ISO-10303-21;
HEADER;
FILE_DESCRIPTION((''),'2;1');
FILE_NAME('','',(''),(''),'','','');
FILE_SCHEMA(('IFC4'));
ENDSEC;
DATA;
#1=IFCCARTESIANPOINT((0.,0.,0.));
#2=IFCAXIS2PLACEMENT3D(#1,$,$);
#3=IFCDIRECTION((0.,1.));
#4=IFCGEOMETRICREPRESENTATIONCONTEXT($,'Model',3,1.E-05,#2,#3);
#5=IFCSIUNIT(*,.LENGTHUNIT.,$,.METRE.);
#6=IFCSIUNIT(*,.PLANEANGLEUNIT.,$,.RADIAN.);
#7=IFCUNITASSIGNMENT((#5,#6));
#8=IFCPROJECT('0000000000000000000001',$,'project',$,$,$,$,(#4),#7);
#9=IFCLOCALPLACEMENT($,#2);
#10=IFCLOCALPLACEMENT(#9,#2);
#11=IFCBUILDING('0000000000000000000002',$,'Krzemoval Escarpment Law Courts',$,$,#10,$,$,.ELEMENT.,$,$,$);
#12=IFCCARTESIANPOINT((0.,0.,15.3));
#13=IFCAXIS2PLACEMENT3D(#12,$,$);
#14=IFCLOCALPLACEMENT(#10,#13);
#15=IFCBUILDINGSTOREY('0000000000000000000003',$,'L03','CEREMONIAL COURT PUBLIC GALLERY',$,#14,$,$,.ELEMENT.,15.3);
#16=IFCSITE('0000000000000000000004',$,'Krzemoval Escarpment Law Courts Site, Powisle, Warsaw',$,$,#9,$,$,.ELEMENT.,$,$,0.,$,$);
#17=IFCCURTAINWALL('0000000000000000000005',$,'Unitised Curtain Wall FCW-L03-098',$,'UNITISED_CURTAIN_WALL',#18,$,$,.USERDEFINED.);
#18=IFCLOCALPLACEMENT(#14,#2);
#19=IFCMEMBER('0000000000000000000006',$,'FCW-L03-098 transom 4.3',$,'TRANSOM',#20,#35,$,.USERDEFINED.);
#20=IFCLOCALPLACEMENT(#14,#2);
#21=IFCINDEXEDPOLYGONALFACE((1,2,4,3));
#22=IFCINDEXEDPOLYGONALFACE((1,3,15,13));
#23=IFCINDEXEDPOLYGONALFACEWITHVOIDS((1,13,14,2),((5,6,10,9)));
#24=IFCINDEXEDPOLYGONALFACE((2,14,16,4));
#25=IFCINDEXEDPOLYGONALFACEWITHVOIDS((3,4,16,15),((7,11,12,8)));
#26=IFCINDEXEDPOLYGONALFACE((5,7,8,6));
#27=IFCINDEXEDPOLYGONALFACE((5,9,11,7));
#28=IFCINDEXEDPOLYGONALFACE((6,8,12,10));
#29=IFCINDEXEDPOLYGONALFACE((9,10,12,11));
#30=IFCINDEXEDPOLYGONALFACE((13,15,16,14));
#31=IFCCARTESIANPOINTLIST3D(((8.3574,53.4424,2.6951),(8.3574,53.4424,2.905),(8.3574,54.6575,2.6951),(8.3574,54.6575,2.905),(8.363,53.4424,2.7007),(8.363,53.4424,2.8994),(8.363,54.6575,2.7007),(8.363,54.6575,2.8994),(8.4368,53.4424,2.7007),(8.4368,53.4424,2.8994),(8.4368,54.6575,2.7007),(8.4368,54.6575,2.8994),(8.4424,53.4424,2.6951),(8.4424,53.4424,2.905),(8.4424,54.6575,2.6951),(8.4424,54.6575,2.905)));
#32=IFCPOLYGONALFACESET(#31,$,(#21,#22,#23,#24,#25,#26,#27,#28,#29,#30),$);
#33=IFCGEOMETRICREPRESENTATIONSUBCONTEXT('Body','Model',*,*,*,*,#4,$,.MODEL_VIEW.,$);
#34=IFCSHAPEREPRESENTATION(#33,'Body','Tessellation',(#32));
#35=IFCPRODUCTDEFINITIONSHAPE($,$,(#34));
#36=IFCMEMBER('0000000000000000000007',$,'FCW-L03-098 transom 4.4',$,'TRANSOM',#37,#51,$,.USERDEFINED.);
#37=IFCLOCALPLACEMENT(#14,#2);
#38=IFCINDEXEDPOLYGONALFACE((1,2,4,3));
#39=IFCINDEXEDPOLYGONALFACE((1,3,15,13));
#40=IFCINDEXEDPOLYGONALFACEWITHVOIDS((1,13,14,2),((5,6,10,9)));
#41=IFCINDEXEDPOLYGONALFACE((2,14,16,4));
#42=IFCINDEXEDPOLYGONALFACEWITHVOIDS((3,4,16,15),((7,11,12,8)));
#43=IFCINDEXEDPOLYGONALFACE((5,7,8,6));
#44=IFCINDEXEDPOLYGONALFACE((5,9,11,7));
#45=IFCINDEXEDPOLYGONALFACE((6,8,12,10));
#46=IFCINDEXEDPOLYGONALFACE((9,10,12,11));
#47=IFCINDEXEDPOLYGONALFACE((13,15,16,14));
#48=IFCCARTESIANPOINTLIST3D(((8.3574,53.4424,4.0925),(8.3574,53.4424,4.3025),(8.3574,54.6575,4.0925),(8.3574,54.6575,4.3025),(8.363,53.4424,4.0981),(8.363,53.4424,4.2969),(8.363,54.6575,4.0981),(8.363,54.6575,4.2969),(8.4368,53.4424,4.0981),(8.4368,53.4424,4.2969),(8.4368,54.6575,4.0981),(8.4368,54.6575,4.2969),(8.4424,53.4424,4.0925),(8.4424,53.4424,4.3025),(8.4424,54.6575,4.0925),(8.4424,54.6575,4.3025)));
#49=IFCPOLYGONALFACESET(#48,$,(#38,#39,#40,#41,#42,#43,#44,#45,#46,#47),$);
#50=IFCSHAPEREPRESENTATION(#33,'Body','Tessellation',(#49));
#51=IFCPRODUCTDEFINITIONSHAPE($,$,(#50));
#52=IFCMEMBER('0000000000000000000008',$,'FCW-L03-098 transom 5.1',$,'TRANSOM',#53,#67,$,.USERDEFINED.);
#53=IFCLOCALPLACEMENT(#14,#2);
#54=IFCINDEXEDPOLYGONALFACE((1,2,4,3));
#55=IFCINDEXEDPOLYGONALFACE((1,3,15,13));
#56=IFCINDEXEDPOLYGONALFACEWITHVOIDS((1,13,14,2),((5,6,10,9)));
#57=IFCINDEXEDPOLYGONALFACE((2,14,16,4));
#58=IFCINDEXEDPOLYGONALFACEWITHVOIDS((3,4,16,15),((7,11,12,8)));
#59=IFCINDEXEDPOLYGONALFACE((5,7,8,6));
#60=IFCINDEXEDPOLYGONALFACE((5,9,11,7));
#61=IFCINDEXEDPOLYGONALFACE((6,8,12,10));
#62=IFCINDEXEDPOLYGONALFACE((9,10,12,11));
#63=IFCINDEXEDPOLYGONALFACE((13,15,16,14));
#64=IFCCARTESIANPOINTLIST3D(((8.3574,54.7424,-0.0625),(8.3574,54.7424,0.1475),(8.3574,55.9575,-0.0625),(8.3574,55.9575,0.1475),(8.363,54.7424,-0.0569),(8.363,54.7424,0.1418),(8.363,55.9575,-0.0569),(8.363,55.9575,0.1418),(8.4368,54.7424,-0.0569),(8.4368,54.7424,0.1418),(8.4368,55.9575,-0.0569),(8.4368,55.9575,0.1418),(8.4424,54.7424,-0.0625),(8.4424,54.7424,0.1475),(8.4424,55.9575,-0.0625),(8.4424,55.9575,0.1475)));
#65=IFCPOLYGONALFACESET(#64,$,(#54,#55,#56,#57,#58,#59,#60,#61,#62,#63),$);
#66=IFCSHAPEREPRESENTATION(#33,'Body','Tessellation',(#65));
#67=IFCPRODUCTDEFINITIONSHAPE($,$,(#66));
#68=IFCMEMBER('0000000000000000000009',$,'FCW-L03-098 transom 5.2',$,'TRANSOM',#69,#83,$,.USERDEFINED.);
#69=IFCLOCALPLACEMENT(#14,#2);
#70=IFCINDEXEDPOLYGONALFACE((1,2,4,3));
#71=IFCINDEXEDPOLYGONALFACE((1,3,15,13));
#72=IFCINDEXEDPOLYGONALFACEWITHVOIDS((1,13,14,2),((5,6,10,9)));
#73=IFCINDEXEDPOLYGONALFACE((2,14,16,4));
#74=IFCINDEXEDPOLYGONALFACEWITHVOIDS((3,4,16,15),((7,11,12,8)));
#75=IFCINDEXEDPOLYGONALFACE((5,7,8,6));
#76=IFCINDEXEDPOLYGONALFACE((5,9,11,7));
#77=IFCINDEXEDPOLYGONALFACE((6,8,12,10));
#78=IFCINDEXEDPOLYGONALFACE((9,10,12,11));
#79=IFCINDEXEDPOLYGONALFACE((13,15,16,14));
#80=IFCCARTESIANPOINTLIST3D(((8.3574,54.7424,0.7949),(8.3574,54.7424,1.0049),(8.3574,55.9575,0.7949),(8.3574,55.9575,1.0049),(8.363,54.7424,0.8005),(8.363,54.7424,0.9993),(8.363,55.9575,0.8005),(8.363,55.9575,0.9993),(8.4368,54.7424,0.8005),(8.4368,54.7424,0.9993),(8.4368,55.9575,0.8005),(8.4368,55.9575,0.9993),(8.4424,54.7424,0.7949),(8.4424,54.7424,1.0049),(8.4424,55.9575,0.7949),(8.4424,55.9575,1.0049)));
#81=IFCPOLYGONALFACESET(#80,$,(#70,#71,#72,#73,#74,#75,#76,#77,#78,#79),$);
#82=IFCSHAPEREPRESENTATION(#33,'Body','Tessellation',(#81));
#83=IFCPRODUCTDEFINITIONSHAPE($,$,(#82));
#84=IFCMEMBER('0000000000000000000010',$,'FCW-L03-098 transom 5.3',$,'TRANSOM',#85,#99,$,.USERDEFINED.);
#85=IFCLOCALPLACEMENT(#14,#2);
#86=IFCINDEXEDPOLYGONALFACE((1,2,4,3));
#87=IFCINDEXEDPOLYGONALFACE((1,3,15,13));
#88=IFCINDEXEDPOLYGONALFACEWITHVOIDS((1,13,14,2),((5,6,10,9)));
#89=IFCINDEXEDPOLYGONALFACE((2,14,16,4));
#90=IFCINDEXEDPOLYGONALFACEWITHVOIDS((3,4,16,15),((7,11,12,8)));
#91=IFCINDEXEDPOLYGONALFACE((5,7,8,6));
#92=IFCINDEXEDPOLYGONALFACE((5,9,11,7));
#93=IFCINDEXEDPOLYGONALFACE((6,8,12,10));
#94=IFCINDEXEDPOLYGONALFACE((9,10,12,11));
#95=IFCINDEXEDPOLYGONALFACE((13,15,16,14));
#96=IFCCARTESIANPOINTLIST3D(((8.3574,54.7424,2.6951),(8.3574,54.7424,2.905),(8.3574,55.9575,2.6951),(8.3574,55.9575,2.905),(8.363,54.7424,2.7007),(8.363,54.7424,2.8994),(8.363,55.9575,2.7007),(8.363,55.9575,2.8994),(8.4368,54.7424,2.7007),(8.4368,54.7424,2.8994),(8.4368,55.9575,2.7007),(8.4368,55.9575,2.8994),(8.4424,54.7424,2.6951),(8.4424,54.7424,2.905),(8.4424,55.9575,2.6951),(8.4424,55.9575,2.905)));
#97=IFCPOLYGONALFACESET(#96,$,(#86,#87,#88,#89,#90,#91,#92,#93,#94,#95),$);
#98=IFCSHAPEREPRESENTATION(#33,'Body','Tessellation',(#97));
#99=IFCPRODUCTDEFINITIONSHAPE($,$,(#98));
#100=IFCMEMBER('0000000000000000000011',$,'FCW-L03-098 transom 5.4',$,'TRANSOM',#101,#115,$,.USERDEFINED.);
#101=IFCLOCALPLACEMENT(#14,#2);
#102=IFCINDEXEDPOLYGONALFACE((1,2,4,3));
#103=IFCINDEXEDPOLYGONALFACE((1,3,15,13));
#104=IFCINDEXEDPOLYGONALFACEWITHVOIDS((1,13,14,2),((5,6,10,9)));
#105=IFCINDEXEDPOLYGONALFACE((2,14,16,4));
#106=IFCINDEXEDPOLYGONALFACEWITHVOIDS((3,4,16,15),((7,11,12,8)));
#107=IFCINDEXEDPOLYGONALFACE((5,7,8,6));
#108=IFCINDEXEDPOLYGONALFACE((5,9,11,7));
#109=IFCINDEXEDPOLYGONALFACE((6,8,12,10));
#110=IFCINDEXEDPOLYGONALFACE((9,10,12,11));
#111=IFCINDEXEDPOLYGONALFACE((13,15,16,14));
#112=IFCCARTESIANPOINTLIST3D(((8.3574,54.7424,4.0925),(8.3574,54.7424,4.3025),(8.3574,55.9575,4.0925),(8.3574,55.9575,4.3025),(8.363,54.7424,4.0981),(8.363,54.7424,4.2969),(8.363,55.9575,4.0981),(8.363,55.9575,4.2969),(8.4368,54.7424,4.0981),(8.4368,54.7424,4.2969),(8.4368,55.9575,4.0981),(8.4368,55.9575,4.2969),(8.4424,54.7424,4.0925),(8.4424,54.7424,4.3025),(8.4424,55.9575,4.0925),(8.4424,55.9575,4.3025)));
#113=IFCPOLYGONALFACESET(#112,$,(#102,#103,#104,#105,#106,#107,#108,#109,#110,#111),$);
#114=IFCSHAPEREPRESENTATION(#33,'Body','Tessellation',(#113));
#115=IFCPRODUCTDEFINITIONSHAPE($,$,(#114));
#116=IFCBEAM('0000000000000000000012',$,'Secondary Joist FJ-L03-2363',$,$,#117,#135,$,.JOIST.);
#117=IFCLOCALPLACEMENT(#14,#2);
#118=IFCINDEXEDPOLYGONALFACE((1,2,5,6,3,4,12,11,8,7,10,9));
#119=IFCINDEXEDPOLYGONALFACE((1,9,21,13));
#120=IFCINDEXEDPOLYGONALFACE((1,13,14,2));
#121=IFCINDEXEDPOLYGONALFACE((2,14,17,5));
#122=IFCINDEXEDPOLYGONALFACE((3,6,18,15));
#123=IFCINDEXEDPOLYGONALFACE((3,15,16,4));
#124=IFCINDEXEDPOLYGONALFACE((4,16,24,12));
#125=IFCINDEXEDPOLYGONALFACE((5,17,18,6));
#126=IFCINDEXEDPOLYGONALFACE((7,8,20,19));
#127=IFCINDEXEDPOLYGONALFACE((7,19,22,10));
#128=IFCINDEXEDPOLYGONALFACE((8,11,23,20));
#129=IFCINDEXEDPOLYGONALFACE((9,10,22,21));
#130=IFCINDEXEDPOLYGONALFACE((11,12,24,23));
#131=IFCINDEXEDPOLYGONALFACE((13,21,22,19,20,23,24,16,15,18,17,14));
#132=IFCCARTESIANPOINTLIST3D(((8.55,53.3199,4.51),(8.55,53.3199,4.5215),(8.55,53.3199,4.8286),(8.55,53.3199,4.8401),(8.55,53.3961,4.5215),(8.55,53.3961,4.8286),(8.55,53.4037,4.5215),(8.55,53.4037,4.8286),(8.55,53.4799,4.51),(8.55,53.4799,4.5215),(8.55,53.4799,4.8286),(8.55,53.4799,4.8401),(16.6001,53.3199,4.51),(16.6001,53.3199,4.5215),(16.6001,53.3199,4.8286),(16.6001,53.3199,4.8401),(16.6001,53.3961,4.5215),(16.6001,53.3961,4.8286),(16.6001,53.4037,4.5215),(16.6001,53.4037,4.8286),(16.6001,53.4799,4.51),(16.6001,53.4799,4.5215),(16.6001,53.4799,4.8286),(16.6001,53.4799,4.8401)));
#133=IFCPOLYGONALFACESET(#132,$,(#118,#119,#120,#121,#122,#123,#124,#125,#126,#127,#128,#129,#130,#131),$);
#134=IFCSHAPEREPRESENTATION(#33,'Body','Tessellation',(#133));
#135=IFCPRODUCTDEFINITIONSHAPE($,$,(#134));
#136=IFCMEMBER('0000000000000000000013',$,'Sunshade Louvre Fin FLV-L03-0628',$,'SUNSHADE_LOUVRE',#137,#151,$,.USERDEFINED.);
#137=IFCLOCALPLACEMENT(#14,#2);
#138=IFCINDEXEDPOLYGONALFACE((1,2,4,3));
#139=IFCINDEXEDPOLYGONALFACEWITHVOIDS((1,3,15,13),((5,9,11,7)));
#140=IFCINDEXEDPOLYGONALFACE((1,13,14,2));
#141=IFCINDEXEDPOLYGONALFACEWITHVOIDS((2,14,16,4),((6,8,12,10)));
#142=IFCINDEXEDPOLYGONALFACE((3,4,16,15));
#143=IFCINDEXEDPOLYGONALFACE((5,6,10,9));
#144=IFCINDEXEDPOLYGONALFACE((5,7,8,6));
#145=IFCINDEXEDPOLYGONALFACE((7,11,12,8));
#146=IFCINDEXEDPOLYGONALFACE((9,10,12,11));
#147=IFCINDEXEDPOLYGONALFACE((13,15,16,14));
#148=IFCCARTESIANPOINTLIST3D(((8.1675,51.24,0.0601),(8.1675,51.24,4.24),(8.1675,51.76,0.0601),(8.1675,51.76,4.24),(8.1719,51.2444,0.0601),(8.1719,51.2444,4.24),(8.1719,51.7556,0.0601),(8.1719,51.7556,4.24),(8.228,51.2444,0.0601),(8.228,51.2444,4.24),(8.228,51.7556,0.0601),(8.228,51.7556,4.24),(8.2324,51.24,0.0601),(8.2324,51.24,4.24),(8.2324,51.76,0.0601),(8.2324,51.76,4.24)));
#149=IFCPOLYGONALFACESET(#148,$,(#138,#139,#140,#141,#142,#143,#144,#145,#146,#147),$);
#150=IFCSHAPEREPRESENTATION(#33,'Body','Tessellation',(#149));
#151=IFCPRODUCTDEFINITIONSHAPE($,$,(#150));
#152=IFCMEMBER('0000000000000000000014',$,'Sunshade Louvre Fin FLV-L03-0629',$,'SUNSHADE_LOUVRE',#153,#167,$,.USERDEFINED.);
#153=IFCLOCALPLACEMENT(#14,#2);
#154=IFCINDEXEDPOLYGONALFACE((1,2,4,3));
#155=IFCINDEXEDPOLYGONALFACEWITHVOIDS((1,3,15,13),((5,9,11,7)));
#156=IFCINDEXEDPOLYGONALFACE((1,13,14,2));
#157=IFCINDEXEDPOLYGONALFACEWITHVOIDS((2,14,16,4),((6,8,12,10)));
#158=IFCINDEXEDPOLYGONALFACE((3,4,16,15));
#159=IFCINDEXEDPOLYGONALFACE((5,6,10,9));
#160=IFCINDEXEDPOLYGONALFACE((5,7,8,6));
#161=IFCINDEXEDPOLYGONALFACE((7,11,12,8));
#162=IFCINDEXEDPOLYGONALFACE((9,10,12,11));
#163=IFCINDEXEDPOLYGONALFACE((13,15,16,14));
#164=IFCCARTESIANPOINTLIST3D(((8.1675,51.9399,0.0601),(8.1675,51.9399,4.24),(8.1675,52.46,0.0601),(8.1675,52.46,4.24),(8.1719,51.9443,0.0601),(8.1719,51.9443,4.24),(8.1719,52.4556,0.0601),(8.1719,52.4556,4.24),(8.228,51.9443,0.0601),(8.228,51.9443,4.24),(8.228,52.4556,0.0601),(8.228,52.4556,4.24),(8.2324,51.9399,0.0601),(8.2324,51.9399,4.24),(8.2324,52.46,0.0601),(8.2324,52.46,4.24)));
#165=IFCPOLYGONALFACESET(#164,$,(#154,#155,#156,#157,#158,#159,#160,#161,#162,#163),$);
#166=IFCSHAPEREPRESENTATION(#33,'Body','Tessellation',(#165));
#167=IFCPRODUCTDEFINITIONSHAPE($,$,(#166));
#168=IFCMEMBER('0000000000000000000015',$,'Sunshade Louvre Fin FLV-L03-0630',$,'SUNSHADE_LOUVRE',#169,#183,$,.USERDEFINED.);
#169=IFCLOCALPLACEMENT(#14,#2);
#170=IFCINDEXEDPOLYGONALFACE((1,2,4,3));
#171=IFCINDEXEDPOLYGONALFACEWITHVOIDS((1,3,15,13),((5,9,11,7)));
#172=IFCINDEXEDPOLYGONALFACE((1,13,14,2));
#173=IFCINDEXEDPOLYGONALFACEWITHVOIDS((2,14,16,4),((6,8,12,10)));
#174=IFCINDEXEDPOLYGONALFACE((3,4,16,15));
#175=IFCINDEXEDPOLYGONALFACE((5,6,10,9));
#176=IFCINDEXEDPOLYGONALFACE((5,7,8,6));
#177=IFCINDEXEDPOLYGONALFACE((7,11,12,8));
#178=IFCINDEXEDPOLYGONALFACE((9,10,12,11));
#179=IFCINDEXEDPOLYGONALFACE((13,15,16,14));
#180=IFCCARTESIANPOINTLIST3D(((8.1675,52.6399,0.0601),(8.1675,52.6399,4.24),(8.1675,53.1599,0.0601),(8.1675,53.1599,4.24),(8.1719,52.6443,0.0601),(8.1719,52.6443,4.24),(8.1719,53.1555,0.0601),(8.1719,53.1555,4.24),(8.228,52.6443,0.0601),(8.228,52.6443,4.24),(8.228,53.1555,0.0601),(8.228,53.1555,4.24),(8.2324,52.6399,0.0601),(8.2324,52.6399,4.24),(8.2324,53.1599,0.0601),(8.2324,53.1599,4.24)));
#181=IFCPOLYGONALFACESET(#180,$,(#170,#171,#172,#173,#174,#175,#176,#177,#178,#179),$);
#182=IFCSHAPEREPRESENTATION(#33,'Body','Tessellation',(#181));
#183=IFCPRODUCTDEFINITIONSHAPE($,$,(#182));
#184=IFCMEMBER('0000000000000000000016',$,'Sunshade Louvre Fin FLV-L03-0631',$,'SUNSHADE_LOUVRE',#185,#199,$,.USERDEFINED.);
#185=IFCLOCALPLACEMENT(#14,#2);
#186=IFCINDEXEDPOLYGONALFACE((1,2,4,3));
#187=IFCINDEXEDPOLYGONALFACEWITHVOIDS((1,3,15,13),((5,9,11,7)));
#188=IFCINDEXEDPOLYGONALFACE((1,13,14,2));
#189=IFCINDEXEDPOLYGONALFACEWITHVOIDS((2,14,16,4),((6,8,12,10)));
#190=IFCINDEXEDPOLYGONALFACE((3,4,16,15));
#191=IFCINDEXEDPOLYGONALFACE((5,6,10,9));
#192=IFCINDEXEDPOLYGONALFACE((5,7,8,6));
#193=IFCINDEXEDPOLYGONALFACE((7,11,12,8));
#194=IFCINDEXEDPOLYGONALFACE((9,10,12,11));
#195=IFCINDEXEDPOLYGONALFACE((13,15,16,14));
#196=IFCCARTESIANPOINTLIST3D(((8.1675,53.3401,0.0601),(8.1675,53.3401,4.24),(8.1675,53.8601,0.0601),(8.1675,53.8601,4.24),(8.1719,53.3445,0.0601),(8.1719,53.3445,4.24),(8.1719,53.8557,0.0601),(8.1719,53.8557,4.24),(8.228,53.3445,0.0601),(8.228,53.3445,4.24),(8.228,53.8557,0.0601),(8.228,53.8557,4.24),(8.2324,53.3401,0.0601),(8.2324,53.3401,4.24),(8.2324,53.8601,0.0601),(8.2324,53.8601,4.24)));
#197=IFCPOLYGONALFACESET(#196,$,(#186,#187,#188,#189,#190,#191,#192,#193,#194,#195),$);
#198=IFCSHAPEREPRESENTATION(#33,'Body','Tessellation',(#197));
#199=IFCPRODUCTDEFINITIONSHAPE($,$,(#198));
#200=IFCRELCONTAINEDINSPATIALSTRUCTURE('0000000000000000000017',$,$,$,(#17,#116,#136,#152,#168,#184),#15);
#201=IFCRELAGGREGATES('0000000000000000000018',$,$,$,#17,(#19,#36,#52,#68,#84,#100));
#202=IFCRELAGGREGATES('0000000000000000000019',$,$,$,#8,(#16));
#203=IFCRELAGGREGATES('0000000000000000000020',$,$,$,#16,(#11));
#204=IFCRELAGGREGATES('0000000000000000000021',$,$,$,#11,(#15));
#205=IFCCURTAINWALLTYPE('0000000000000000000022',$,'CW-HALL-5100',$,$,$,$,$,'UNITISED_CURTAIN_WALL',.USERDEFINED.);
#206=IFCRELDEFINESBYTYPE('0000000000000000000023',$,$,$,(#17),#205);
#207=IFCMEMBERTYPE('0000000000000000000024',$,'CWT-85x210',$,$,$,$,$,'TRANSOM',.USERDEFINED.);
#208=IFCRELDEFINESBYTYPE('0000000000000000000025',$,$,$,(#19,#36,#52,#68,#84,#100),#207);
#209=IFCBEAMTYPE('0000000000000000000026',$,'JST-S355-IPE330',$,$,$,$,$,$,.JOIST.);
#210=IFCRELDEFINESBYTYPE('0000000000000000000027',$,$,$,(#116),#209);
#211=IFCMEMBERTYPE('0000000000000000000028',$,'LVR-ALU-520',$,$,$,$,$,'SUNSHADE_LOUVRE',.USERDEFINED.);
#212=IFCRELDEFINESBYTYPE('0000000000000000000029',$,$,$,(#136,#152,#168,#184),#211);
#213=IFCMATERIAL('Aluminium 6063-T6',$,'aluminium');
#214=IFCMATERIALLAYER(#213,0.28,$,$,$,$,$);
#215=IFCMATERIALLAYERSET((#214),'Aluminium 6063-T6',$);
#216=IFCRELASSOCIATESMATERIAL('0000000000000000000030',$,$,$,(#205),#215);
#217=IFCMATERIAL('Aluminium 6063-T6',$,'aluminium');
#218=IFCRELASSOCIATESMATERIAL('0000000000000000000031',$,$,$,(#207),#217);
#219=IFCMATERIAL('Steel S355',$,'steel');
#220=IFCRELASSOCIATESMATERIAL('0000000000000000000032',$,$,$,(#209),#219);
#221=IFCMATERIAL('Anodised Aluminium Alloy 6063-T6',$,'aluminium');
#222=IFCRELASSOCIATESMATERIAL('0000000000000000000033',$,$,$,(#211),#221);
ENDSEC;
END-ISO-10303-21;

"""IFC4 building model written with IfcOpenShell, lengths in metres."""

from ifc_helpers import new_model, si_unit, direction, frame, origin, origin_2d, place, context, subcontext, project, spatial, hollow_rectangle, i_section, extrude, material, layer, layer_set, material_profile, profile_set, type_object, element, aggregate, save


model = new_model("IFC4")

# Units and contexts
model_context = context("Model", 3, precision=1e-05, world=origin(), true_north=direction((0.0, 1.0)))
body_context = subcontext(model_context, "Body", "Model", "MODEL_VIEW")
ifc_project = project(units=[si_unit("LENGTHUNIT", "METRE"), si_unit("PLANEANGLEUNIT", "RADIAN")], contexts=[model_context])

# Site, building, storey
site_placement = place(None, origin())
site = spatial("IfcSite", under=ifc_project, at=site_placement, Name="Krzemoval Escarpment Law Courts Site, Powisle, Warsaw", CompositionType="ELEMENT", RefElevation=0.0)
building_placement = place(site_placement, origin())
building = spatial("IfcBuilding", under=site, at=building_placement, Name="Krzemoval Escarpment Law Courts", CompositionType="ELEMENT")
storey_placement = place(building_placement, frame((0.0, 0.0, 15.3)))
storey = spatial("IfcBuildingStorey", under=building, at=storey_placement, Name="L03", Description="CEREMONIAL COURT PUBLIC GALLERY", CompositionType="ELEMENT", Elevation=15.3)

# Curtain wall, members
ifc_material_1 = material(Name="Aluminium 6063-T6", Category="aluminium")
ifc_layer_1 = layer(ifc_material_1, 0.28)
ifc_layer_set_1 = layer_set([ifc_layer_1], Name="Aluminium 6063-T6")
curtain_wall_type = type_object("IfcCurtainWallType", Name="CW-HALL-5100", ElementType="UNITISED_CURTAIN_WALL", PredefinedType="USERDEFINED", material=ifc_layer_set_1)
curtain_wall_placement = place(storey_placement, origin())
curtain_wall = element("IfcCurtainWall", 1, at=curtain_wall_placement, inside=storey, type_object=curtain_wall_type, Name="Unitised Curtain Wall FCW-L03-098", ObjectType="UNITISED_CURTAIN_WALL", PredefinedType="USERDEFINED")
ifc_material_2 = material(Name="Aluminium 6063-T6", Category="aluminium")
ifc_material_profile_1 = material_profile(ifc_material_2, hollow_rectangle(XDim=0.085, YDim=0.21, WallThickness=0.0056, at=origin_2d()), Name="ALU T85x210")
ifc_profile_set_1 = profile_set([ifc_material_profile_1], Name="Aluminium 6063-T6")
member_type_1 = type_object("IfcMemberType", Name="CWT-85x210", ElementType="TRANSOM", PredefinedType="USERDEFINED", material=ifc_profile_set_1)
member_1_placement = place(storey_placement, frame((8.3999, 53.4424, 2.8), z_axis=(0.0, 1.0, 0.0), x_axis=(-1.0, 0.0, 0.0)))
member_1 = element("IfcMember", 2, at=member_1_placement, type_object=member_type_1, Name="FCW-L03-098 transom 4.3", ObjectType="TRANSOM", PredefinedType="USERDEFINED", context=body_context, shape_type="SweptSolid", body=[
    extrude(hollow_rectangle(XDim=0.085, YDim=0.21, WallThickness=0.0056, at=origin_2d()), origin(), (0.0, 0.0, 1.0), 1.2151),
])
member_2_placement = place(storey_placement, frame((8.3999, 53.4424, 4.1975), z_axis=(0.0, 1.0, 0.0), x_axis=(-1.0, 0.0, 0.0)))
member_2 = element("IfcMember", 3, at=member_2_placement, type_object=member_type_1, Name="FCW-L03-098 transom 4.4", ObjectType="TRANSOM", PredefinedType="USERDEFINED", context=body_context, shape_type="SweptSolid", body=[
    extrude(hollow_rectangle(XDim=0.085, YDim=0.21, WallThickness=0.0056, at=origin_2d()), origin(), (0.0, 0.0, 1.0), 1.2151),
])
member_3_placement = place(storey_placement, frame((8.3999, 54.7424, 0.0425), z_axis=(0.0, 1.0, 0.0), x_axis=(-1.0, 0.0, 0.0)))
member_3 = element("IfcMember", 4, at=member_3_placement, type_object=member_type_1, Name="FCW-L03-098 transom 5.1", ObjectType="TRANSOM", PredefinedType="USERDEFINED", context=body_context, shape_type="SweptSolid", body=[
    extrude(hollow_rectangle(XDim=0.085, YDim=0.21, WallThickness=0.0056, at=origin_2d()), origin(), (0.0, 0.0, 1.0), 1.2151),
])
member_4_placement = place(storey_placement, frame((8.3999, 54.7424, 0.8999), z_axis=(0.0, 1.0, 0.0), x_axis=(-1.0, 0.0, 0.0)))
member_4 = element("IfcMember", 5, at=member_4_placement, type_object=member_type_1, Name="FCW-L03-098 transom 5.2", ObjectType="TRANSOM", PredefinedType="USERDEFINED", context=body_context, shape_type="SweptSolid", body=[
    extrude(hollow_rectangle(XDim=0.085, YDim=0.21, WallThickness=0.0056, at=origin_2d()), origin(), (0.0, 0.0, 1.0), 1.2151),
])
member_5_placement = place(storey_placement, frame((8.3999, 54.7424, 2.8), z_axis=(0.0, 1.0, 0.0), x_axis=(-1.0, 0.0, 0.0)))
member_5 = element("IfcMember", 6, at=member_5_placement, type_object=member_type_1, Name="FCW-L03-098 transom 5.3", ObjectType="TRANSOM", PredefinedType="USERDEFINED", context=body_context, shape_type="SweptSolid", body=[
    extrude(hollow_rectangle(XDim=0.085, YDim=0.21, WallThickness=0.0056, at=origin_2d()), origin(), (0.0, 0.0, 1.0), 1.2151),
])
member_6_placement = place(storey_placement, frame((8.3999, 54.7424, 4.1975), z_axis=(0.0, 1.0, 0.0), x_axis=(-1.0, 0.0, 0.0)))
member_6 = element("IfcMember", 7, at=member_6_placement, type_object=member_type_1, Name="FCW-L03-098 transom 5.4", ObjectType="TRANSOM", PredefinedType="USERDEFINED", context=body_context, shape_type="SweptSolid", body=[
    extrude(hollow_rectangle(XDim=0.085, YDim=0.21, WallThickness=0.0056, at=origin_2d()), origin(), (0.0, 0.0, 1.0), 1.2151),
])

# Beam
ifc_material_3 = material(Name="Steel S355", Category="steel")
ifc_material_profile_2 = material_profile(ifc_material_3, i_section(OverallWidth=0.1599, OverallDepth=0.3301, WebThickness=0.0076, FlangeThickness=0.0115, at=origin_2d()), Name="IPE 330")
ifc_profile_set_2 = profile_set([ifc_material_profile_2], Name="Steel S355")
beam_type = type_object("IfcBeamType", Name="JST-S355-IPE330", PredefinedType="JOIST", material=ifc_profile_set_2)
beam_placement = place(storey_placement, frame((8.55, 53.3999, 4.675), z_axis=(1.0, 0.0, 0.0), x_axis=(0.0, 1.0, 0.0)))
element("IfcBeam", 8, at=beam_placement, inside=storey, type_object=beam_type, Name="Secondary Joist FJ-L03-2363", PredefinedType="JOIST", context=body_context, shape_type="SweptSolid", body=[
    extrude(i_section(OverallWidth=0.1599, OverallDepth=0.3301, WebThickness=0.0076, FlangeThickness=0.0115, at=origin_2d()), origin(), (0.0, 0.0, 1.0), 8.05),
])

# Members
ifc_material_4 = material(Name="Anodised Aluminium Alloy 6063-T6", Category="aluminium")
ifc_material_profile_3 = material_profile(ifc_material_4, hollow_rectangle(XDim=0.0649, YDim=0.52, WallThickness=0.0044, at=origin_2d()), Name="ALU LVR 65x520")
ifc_profile_set_3 = profile_set([ifc_material_profile_3], Name="Anodised Aluminium Alloy 6063-T6")
member_type_2 = type_object("IfcMemberType", Name="LVR-ALU-520", ElementType="SUNSHADE_LOUVRE", PredefinedType="USERDEFINED", material=ifc_profile_set_3)
for number, where, z_axis, x_axis, name in (
    (9, (8.2, 51.5, 0.0601), (0.0, 0.0, 1.0), (1.0, 0.0, 0.0), "Sunshade Louvre Fin FLV-L03-0628"),
    (10, (8.2, 52.2, 0.0601), (0.0, 0.0, 1.0), (1.0, 0.0, 0.0), "Sunshade Louvre Fin FLV-L03-0629"),
    (11, (8.2, 52.8999, 0.0601), (0.0, 0.0, 1.0), (1.0, 0.0, 0.0), "Sunshade Louvre Fin FLV-L03-0630"),
    (12, (8.2, 53.6001, 0.0601), (0.0, 0.0, 1.0), (1.0, 0.0, 0.0), "Sunshade Louvre Fin FLV-L03-0631"),
):
    element("IfcMember", number, at=place(storey_placement, frame(where, z_axis=z_axis, x_axis=x_axis)), inside=storey, type_object=member_type_2, Name=name, ObjectType="SUNSHADE_LOUVRE", PredefinedType="USERDEFINED", context=body_context, shape_type="SweptSolid", body=[
        extrude(hollow_rectangle(XDim=0.0649, YDim=0.52, WallThickness=0.0044, at=origin_2d()), origin(), (0.0, 0.0, 1.0), 4.1799),
    ])

aggregate(curtain_wall, [member_1, member_2, member_3, member_4, member_5, member_6])

save(model, "model.ifc")
